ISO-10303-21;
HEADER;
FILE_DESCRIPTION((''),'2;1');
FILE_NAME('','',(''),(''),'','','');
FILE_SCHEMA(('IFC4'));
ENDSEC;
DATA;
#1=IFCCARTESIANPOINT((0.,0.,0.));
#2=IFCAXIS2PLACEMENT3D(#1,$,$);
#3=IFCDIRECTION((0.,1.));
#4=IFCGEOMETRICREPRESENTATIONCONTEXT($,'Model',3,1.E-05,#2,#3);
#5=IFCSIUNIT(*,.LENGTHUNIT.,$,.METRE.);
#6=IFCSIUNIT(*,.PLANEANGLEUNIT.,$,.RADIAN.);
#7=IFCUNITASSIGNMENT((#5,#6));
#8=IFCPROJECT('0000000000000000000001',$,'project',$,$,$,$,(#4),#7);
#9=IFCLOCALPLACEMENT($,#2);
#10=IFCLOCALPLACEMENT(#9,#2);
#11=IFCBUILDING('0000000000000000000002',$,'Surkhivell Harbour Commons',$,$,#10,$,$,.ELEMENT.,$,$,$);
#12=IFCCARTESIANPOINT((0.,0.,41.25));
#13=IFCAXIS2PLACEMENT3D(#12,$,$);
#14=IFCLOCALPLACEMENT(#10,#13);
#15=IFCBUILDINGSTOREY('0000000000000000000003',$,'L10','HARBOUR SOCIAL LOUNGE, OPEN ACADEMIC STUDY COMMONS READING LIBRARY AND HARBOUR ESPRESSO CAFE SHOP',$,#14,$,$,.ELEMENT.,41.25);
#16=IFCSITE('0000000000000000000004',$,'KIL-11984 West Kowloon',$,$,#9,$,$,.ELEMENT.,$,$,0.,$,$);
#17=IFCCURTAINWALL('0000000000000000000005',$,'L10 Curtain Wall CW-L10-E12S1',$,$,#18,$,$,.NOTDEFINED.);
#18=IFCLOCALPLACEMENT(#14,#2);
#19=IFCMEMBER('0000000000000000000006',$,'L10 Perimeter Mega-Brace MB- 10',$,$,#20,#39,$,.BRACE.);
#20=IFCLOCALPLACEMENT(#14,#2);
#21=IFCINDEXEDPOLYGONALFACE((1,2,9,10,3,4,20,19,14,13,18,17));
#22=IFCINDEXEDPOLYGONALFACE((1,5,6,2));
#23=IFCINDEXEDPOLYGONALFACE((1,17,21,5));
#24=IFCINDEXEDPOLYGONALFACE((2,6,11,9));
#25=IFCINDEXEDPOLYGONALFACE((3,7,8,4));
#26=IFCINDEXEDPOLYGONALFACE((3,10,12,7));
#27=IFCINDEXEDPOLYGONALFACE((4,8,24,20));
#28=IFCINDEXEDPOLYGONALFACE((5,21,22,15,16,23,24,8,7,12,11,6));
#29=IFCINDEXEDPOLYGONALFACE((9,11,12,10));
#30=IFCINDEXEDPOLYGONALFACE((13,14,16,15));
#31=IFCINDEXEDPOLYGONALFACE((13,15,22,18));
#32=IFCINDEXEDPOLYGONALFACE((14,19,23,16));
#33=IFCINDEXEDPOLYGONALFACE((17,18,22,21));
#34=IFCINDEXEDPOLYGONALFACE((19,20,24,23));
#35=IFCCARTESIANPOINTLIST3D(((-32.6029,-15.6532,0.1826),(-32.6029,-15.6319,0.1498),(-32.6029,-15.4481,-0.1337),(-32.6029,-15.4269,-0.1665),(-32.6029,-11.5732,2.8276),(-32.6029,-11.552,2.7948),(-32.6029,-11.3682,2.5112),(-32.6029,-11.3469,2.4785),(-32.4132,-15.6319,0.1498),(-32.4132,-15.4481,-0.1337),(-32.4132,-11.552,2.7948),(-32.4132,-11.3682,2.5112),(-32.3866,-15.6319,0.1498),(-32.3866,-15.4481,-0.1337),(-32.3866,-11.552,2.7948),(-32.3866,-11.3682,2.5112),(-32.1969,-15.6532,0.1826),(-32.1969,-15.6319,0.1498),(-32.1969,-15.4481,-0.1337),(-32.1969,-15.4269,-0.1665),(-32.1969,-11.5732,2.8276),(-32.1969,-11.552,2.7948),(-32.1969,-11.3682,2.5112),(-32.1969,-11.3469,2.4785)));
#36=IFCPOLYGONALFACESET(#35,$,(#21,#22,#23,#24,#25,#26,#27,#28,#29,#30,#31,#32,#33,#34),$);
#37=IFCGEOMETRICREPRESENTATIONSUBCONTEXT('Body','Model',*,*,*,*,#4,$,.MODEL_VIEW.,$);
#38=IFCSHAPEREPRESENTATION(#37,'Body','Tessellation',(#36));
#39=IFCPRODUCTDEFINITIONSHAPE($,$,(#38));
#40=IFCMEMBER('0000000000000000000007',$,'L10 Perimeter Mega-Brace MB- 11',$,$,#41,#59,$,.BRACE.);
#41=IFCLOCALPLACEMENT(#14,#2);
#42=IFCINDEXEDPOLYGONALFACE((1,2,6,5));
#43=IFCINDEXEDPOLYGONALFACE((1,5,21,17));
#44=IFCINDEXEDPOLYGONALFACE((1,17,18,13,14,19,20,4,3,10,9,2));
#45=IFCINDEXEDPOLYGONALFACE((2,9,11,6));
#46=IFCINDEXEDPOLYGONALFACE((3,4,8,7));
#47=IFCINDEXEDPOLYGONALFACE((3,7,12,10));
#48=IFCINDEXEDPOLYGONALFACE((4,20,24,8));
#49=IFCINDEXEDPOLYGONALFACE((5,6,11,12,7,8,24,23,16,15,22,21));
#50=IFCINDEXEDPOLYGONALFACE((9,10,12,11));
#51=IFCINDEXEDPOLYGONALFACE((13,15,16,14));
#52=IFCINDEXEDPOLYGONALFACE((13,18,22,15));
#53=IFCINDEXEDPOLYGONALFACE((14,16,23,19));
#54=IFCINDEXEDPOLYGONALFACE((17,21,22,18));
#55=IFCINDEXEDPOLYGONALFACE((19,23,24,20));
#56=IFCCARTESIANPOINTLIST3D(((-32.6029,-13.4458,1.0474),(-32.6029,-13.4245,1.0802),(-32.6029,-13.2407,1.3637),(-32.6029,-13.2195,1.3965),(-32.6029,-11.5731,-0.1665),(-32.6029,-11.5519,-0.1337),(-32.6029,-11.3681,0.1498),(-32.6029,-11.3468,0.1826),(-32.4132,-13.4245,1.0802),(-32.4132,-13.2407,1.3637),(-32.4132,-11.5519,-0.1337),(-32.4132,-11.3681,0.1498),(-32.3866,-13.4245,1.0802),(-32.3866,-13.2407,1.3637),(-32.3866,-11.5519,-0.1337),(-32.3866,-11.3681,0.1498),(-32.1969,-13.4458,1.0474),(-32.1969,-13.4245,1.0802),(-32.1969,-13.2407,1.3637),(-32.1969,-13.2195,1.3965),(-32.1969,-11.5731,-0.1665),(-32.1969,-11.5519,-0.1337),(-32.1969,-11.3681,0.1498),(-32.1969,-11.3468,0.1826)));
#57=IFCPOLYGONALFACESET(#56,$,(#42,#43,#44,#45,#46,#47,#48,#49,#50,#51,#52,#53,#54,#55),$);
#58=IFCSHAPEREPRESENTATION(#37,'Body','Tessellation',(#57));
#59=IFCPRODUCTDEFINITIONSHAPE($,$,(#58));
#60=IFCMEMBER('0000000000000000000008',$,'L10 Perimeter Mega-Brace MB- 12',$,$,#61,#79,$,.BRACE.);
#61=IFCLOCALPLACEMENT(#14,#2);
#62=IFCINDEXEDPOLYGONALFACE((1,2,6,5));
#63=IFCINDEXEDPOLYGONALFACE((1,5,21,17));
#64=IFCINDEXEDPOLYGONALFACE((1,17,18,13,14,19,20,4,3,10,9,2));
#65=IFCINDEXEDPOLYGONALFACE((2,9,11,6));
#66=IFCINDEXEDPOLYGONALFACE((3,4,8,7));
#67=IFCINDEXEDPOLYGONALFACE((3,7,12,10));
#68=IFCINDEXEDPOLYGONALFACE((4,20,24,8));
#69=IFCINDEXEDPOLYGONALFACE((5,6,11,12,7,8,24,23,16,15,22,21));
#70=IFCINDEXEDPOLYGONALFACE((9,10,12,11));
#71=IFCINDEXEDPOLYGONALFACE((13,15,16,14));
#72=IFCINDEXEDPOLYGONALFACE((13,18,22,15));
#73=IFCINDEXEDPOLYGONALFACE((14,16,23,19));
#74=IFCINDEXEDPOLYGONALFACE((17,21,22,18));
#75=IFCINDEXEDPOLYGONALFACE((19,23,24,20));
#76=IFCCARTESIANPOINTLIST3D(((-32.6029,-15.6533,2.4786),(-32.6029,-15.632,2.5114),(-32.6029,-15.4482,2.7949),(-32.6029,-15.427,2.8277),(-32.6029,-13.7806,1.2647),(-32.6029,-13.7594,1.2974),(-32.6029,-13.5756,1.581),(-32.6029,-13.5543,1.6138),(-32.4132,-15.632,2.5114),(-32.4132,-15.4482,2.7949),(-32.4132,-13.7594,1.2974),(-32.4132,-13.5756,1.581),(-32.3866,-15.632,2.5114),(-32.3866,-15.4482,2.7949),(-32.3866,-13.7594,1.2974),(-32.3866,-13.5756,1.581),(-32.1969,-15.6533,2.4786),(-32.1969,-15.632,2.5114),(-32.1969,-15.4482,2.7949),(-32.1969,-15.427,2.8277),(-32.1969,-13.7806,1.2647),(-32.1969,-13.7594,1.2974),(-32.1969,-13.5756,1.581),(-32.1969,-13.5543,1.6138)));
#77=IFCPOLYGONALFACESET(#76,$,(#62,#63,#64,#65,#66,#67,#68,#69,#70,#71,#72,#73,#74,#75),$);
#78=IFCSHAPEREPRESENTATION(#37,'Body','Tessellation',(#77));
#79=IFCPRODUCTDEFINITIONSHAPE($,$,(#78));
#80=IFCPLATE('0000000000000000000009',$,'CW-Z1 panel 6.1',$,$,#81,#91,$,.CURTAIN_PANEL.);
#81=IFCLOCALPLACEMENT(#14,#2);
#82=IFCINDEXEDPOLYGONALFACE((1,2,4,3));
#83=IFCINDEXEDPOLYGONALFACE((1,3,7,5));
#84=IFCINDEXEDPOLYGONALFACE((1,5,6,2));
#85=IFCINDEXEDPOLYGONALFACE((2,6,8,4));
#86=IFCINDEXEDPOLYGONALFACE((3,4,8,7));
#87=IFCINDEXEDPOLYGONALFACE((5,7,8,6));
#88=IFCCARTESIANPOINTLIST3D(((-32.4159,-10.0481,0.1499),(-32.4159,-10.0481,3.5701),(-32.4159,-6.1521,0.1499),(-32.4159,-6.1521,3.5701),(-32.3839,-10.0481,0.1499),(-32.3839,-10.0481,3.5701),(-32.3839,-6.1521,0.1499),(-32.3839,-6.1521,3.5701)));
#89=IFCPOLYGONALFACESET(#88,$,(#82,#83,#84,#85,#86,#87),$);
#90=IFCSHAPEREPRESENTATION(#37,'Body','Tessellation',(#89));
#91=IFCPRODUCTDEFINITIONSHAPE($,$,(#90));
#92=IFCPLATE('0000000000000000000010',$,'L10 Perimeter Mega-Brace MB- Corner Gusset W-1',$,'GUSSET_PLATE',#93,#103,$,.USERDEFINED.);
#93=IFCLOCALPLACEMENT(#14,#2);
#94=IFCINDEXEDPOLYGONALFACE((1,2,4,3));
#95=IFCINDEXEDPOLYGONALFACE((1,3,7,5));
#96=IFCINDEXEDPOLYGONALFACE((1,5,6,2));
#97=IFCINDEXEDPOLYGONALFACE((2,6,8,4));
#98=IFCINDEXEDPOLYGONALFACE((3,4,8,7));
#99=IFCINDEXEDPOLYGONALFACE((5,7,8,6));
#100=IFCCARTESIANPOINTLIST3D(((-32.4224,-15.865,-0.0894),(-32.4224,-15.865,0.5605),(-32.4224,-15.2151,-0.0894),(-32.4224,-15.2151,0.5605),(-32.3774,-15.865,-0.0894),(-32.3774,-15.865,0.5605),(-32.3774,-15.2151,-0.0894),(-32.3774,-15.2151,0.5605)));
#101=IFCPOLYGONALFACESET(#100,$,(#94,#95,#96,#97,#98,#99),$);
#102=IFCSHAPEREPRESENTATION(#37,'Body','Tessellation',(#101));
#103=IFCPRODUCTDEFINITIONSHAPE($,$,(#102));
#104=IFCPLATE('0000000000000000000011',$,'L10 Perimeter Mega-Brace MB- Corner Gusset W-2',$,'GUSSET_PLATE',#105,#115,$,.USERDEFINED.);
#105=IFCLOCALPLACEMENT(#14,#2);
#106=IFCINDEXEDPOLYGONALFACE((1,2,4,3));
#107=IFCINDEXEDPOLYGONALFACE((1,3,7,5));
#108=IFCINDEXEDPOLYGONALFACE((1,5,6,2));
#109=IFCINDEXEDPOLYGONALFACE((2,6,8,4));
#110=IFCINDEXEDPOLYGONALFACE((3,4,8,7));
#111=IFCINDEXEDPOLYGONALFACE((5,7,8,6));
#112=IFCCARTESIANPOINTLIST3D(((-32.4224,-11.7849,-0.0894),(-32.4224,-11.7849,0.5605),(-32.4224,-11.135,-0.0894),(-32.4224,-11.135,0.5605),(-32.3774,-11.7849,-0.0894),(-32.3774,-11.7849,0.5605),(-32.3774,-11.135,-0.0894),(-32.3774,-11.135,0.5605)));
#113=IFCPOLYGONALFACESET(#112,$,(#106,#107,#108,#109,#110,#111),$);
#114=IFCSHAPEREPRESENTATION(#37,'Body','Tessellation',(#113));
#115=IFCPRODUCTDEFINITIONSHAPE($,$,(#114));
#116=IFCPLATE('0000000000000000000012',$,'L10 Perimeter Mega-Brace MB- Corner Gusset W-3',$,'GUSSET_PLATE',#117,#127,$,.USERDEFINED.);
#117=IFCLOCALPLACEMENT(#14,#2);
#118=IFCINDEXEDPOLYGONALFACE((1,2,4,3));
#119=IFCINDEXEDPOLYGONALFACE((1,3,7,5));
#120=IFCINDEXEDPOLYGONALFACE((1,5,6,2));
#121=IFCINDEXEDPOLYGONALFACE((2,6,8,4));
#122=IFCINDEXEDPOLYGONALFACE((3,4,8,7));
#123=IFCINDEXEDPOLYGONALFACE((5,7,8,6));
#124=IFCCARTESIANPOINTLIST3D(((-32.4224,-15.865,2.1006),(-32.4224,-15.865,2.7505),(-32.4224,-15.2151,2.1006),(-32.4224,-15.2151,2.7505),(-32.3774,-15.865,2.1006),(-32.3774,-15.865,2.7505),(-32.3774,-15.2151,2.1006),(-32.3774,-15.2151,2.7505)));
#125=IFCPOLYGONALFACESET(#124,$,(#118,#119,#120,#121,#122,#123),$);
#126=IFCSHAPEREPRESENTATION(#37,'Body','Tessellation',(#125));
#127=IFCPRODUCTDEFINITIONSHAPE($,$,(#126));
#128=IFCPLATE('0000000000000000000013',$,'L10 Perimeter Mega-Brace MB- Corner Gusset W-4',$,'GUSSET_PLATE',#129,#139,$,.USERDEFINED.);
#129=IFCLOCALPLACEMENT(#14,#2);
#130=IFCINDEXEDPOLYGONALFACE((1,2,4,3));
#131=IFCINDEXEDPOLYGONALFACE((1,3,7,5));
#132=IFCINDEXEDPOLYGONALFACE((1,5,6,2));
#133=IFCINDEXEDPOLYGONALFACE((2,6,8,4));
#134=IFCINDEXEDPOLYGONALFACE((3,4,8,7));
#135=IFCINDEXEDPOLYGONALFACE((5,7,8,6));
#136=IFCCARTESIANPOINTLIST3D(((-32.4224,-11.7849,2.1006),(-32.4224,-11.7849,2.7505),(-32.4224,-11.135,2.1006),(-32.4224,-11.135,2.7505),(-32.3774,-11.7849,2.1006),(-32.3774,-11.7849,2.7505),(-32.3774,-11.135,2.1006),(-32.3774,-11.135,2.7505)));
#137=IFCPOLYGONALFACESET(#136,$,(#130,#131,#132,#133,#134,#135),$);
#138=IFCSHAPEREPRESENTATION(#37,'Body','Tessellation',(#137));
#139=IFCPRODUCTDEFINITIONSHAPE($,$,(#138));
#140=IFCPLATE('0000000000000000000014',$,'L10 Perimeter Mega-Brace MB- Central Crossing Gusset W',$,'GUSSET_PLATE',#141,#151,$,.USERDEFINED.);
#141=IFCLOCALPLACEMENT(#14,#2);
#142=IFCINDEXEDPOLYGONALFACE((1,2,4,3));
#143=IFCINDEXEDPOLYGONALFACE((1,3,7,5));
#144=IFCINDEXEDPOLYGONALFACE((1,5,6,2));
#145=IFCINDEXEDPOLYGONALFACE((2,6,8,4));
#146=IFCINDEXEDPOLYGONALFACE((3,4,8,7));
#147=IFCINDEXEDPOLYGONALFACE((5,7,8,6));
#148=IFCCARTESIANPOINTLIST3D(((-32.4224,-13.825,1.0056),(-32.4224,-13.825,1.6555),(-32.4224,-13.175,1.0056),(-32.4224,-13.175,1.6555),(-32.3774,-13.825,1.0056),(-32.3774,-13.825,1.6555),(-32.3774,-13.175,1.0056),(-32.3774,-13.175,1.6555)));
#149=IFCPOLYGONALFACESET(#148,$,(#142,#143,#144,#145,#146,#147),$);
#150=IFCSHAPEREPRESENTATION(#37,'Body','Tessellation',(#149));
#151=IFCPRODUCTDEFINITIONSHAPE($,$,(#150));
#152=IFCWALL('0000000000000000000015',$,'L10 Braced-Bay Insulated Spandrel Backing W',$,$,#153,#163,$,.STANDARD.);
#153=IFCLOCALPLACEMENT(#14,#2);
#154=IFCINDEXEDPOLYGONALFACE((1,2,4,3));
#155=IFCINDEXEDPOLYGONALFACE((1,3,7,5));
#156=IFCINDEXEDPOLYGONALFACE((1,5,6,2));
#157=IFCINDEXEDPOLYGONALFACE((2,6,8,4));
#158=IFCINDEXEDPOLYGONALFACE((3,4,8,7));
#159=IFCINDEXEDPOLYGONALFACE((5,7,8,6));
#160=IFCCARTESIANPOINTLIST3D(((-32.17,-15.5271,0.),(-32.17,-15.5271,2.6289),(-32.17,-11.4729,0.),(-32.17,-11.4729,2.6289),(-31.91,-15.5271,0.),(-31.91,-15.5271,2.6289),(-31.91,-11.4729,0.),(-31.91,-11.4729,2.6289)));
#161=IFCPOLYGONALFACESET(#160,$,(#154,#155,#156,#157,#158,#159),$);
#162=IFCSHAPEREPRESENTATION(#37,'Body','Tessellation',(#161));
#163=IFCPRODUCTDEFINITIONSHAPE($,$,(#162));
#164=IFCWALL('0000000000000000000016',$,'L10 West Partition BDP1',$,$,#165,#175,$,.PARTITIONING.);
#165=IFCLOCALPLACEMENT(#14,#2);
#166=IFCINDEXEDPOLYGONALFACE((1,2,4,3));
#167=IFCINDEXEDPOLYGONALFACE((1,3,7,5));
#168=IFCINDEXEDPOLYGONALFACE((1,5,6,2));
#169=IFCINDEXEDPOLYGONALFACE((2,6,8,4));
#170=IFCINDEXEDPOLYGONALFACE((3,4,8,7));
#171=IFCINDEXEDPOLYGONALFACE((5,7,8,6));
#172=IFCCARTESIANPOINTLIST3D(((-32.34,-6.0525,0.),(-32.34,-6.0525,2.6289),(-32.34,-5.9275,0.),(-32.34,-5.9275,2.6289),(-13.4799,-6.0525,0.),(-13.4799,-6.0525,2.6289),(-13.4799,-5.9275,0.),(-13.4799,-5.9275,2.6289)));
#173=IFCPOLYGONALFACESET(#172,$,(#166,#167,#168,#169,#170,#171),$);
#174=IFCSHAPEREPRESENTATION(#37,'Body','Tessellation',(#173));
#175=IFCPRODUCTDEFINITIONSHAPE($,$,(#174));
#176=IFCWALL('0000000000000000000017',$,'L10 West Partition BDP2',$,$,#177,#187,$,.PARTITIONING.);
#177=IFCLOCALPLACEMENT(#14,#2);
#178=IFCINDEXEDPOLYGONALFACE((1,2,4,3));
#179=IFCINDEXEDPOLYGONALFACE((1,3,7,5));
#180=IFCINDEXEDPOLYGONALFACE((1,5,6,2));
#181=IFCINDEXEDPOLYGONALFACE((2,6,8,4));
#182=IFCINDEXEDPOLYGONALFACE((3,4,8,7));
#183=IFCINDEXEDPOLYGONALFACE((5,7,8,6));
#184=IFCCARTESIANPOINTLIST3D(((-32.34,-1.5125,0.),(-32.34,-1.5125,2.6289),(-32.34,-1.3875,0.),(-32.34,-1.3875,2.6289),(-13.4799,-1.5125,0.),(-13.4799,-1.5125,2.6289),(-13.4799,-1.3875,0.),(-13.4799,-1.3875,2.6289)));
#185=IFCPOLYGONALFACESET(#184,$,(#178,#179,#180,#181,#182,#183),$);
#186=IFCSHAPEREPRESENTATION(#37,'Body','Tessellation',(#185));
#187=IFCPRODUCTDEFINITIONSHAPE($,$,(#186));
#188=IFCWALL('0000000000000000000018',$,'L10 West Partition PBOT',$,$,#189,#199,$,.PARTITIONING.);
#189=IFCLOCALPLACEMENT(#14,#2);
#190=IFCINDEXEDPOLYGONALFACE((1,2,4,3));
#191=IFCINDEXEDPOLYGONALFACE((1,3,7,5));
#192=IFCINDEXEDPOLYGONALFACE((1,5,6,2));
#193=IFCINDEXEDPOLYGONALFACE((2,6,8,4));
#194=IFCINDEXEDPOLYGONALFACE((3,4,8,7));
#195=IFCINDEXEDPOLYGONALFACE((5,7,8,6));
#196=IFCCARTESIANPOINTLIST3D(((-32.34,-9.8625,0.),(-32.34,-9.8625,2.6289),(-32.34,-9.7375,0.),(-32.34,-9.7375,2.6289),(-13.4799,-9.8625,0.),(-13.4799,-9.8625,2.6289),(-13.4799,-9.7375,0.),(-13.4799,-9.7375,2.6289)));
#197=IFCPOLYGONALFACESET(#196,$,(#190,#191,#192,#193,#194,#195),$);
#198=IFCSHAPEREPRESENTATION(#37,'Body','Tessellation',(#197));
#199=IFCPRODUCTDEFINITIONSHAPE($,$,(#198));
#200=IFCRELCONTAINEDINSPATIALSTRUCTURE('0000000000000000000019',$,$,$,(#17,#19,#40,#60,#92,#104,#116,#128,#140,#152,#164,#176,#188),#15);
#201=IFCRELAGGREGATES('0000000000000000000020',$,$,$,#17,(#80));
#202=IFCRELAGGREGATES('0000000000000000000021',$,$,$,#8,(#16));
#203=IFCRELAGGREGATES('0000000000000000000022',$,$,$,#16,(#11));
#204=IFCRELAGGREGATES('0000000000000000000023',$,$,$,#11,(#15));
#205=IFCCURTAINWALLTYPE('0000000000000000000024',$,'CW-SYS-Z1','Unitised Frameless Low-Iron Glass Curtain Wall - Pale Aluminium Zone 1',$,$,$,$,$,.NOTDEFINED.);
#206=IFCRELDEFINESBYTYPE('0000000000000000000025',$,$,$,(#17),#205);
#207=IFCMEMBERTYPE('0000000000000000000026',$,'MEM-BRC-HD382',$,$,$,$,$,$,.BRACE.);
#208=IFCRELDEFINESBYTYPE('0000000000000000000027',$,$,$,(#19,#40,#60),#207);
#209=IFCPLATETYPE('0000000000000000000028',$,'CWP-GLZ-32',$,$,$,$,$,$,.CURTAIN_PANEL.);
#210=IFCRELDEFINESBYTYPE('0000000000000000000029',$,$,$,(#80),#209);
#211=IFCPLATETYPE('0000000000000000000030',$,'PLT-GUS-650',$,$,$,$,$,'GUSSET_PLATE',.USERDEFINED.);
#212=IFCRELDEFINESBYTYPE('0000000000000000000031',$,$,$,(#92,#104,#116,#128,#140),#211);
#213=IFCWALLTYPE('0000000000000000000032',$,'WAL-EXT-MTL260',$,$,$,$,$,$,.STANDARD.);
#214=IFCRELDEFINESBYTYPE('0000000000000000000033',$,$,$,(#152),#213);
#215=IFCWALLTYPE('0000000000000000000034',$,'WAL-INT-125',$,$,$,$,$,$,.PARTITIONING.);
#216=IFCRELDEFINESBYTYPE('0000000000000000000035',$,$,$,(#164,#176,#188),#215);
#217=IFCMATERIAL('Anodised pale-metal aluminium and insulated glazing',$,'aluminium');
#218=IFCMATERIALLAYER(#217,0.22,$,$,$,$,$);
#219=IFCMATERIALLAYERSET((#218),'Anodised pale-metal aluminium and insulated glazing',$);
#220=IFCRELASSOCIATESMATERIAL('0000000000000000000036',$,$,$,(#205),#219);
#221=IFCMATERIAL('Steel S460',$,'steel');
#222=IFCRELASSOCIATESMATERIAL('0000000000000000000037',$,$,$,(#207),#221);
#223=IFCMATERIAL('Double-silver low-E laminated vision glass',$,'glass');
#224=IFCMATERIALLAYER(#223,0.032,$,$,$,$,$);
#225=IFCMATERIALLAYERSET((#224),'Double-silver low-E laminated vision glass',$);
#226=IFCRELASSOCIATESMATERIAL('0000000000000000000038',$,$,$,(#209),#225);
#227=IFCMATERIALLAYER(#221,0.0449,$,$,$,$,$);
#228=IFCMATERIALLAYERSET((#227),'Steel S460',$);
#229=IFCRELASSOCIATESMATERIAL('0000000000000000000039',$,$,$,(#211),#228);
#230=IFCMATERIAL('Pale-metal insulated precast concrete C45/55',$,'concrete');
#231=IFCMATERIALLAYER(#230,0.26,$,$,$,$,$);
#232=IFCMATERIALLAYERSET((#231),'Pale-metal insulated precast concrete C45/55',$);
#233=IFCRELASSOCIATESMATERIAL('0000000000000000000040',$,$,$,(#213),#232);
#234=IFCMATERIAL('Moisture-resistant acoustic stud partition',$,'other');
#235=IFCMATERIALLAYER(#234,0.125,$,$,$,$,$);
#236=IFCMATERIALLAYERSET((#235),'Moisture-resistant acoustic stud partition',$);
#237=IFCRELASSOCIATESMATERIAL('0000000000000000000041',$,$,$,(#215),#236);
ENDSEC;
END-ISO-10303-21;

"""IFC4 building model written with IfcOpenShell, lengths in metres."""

from ifc_helpers import new_model, si_unit, direction, frame, frame_2d, origin, origin_2d, place, context, subcontext, project, spatial, rectangle, i_section, extrude, material, layer, layer_set, material_profile, profile_set, type_object, element, aggregate, save


model = new_model("IFC4")

# Units and contexts
model_context = context("Model", 3, precision=1e-05, world=origin(), true_north=direction((0.0, 1.0)))
body_context = subcontext(model_context, "Body", "Model", "MODEL_VIEW")
ifc_project = project(units=[si_unit("LENGTHUNIT", "METRE"), si_unit("PLANEANGLEUNIT", "RADIAN")], contexts=[model_context])

# Site, building, storey
site_placement = place(None, origin())
site = spatial("IfcSite", under=ifc_project, at=site_placement, Name="KIL-11984 West Kowloon", CompositionType="ELEMENT", RefElevation=0.0)
building_placement = place(site_placement, origin())
building = spatial("IfcBuilding", under=site, at=building_placement, Name="Surkhivell Harbour Commons", CompositionType="ELEMENT")
storey_placement = place(building_placement, frame((0.0, 0.0, 41.25)))
storey = spatial("IfcBuildingStorey", under=building, at=storey_placement, Name="L10", Description="HARBOUR SOCIAL LOUNGE, OPEN ACADEMIC STUDY COMMONS READING LIBRARY AND HARBOUR ESPRESSO CAFE SHOP", CompositionType="ELEMENT", Elevation=41.25)

# Shared definitions
ifc_material_1 = material(Name="Steel S460", Category="steel")

# Curtain wall
ifc_material_2 = material(Name="Anodised pale-metal aluminium and insulated glazing", Category="aluminium")
ifc_layer_1 = layer(ifc_material_2, 0.22)
ifc_layer_set_1 = layer_set([ifc_layer_1], Name="Anodised pale-metal aluminium and insulated glazing")
curtain_wall_type = type_object("IfcCurtainWallType", Name="CW-SYS-Z1", Description="Unitised Frameless Low-Iron Glass Curtain Wall - Pale Aluminium Zone 1", PredefinedType="NOTDEFINED", material=ifc_layer_set_1)
curtain_wall_placement = place(storey_placement, origin())
curtain_wall = element("IfcCurtainWall", 1, at=curtain_wall_placement, inside=storey, type_object=curtain_wall_type, Name="L10 Curtain Wall CW-L10-E12S1", PredefinedType="NOTDEFINED")

# Members
ifc_material_profile_1 = material_profile(ifc_material_1, i_section(OverallWidth=0.406, OverallDepth=0.416, WebThickness=0.0266, FlangeThickness=0.0391, at=origin_2d()), Name="HD400x382")
ifc_profile_set_1 = profile_set([ifc_material_profile_1], Name="Steel S460")
member_type_1 = type_object("IfcMemberType", Name="MEM-BRC-HD382", PredefinedType="BRACE", material=ifc_profile_set_1)
member_1_placement = place(storey_placement, frame((-32.3999, -15.54, 0.0081), z_axis=(0.0, 0.839104, 0.543971), x_axis=(-1.0, 0.0, 0.0)))
element("IfcMember", 2, at=member_1_placement, inside=storey, type_object=member_type_1, Name="L10 Perimeter Mega-Brace MB- 10", PredefinedType="BRACE", context=body_context, shape_type="SweptSolid", body=[
    extrude(i_section(OverallWidth=0.406, OverallDepth=0.416, WebThickness=0.0266, FlangeThickness=0.0391, at=origin_2d()), origin(), (0.0, 0.0, 1.0), 4.8623),
])
for number, where, z_axis, x_axis, name in (
    (3, (-32.3999, -11.46, 0.0081), (0.0, -0.839118, 0.54395), (1.0, 0.0, 0.0), "L10 Perimeter Mega-Brace MB- 11"),
    (4, (-32.3999, -13.6675, 1.4392), (0.0, -0.839118, 0.54395), (1.0, 0.0, 0.0), "L10 Perimeter Mega-Brace MB- 12"),
):
    element("IfcMember", number, at=place(storey_placement, frame(where, z_axis=z_axis, x_axis=x_axis)), inside=storey, type_object=member_type_1, Name=name, PredefinedType="BRACE", context=body_context, shape_type="SweptSolid", body=[
        extrude(i_section(OverallWidth=0.406, OverallDepth=0.416, WebThickness=0.0266, FlangeThickness=0.0391, at=origin_2d()), origin(), (0.0, 0.0, 1.0), 2.2317),
    ])

# Plate
ifc_material_3 = material(Name="Double-silver low-E laminated vision glass", Category="glass")
ifc_layer_2 = layer(ifc_material_3, 0.032)
ifc_layer_set_2 = layer_set([ifc_layer_2], Name="Double-silver low-E laminated vision glass")
plate_type_1 = type_object("IfcPlateType", Name="CWP-GLZ-32", PredefinedType="CURTAIN_PANEL", material=ifc_layer_set_2)
plate_placement = place(storey_placement, frame((-32.3999, -6.1521, 0.1499), z_axis=(0.0, 0.0, 1.0), x_axis=(0.0, -1.0, 0.0)))
plate = element("IfcPlate", 5, at=plate_placement, type_object=plate_type_1, Name="CW-Z1 panel 6.1", PredefinedType="CURTAIN_PANEL", context=body_context, shape_type="SweptSolid", body=[
    extrude(rectangle(XDim=3.896, YDim=0.032, at=frame_2d((1.948, 0.0))), origin(), (0.0, 0.0, 1.0), 3.4202),
])
aggregate(curtain_wall, [plate])

# Plates
ifc_layer_3 = layer(ifc_material_1, 0.0449)
ifc_layer_set_3 = layer_set([ifc_layer_3], Name="Steel S460")
plate_type_2 = type_object("IfcPlateType", Name="PLT-GUS-650", ElementType="GUSSET_PLATE", PredefinedType="USERDEFINED", material=ifc_layer_set_3)
for number, where, z_axis, x_axis, name in (
    (6, (-32.3999, -15.54, -0.0894), (0.0, 0.0, 1.0), (0.0, 1.0, 0.0), "L10 Perimeter Mega-Brace MB- Corner Gusset W-1"),
    (7, (-32.3999, -11.46, -0.0894), (0.0, 0.0, 1.0), (0.0, 1.0, 0.0), "L10 Perimeter Mega-Brace MB- Corner Gusset W-2"),
    (8, (-32.3999, -15.54, 2.1006), (0.0, 0.0, 1.0), (0.0, 1.0, 0.0), "L10 Perimeter Mega-Brace MB- Corner Gusset W-3"),
    (9, (-32.3999, -11.46, 2.1006), (0.0, 0.0, 1.0), (0.0, 1.0, 0.0), "L10 Perimeter Mega-Brace MB- Corner Gusset W-4"),
    (10, (-32.3999, -13.5, 1.0056), (0.0, 0.0, 1.0), (0.0, 1.0, 0.0), "L10 Perimeter Mega-Brace MB- Central Crossing Gusset W"),
):
    element("IfcPlate", number, at=place(storey_placement, frame(where, z_axis=z_axis, x_axis=x_axis)), inside=storey, type_object=plate_type_2, Name=name, ObjectType="GUSSET_PLATE", PredefinedType="USERDEFINED", context=body_context, shape_type="SweptSolid", body=[
        extrude(rectangle(XDim=0.6499, YDim=0.0449, at=origin_2d()), origin(), (0.0, 0.0, 1.0), 0.6499),
    ])

# Walls
ifc_material_4 = material(Name="Pale-metal insulated precast concrete C45/55", Category="concrete")
ifc_layer_4 = layer(ifc_material_4, 0.26)
ifc_layer_set_4 = layer_set([ifc_layer_4], Name="Pale-metal insulated precast concrete C45/55")
wall_type_1 = type_object("IfcWallType", Name="WAL-EXT-MTL260", PredefinedType="STANDARD", material=ifc_layer_set_4)
wall_placement = place(storey_placement, frame((-32.04, -11.4729, 0.0), z_axis=(0.0, 0.0, 1.0), x_axis=(0.0, -1.0, 0.0)))
element("IfcWall", 11, at=wall_placement, inside=storey, type_object=wall_type_1, Name="L10 Braced-Bay Insulated Spandrel Backing W", PredefinedType="STANDARD", context=body_context, shape_type="SweptSolid", body=[
    extrude(rectangle(XDim=4.0542, YDim=0.26, at=frame_2d((2.0271, 0.0))), origin(), (0.0, 0.0, 1.0), 2.6289),
])
ifc_material_5 = material(Name="Moisture-resistant acoustic stud partition", Category="other")
ifc_layer_5 = layer(ifc_material_5, 0.125)
ifc_layer_set_5 = layer_set([ifc_layer_5], Name="Moisture-resistant acoustic stud partition")
wall_type_2 = type_object("IfcWallType", Name="WAL-INT-125", PredefinedType="PARTITIONING", material=ifc_layer_set_5)
for number, where, z_axis, x_axis, name in (
    (12, (-32.3401, -5.99, 0.0), (0.0, 0.0, 1.0), (1.0, 0.0, 0.0), "L10 West Partition BDP1"),
    (13, (-32.3401, -1.45, 0.0), (0.0, 0.0, 1.0), (1.0, 0.0, 0.0), "L10 West Partition BDP2"),
    (14, (-32.3401, -9.8, 0.0), (0.0, 0.0, 1.0), (1.0, 0.0, 0.0), "L10 West Partition PBOT"),
):
    element("IfcWall", number, at=place(storey_placement, frame(where, z_axis=z_axis, x_axis=x_axis)), inside=storey, type_object=wall_type_2, Name=name, PredefinedType="PARTITIONING", context=body_context, shape_type="SweptSolid", body=[
        extrude(rectangle(XDim=18.8601, YDim=0.125, at=frame_2d((9.4302, 0.0))), origin(), (0.0, 0.0, 1.0), 2.6289),
    ])

save(model, "model.ifc")
